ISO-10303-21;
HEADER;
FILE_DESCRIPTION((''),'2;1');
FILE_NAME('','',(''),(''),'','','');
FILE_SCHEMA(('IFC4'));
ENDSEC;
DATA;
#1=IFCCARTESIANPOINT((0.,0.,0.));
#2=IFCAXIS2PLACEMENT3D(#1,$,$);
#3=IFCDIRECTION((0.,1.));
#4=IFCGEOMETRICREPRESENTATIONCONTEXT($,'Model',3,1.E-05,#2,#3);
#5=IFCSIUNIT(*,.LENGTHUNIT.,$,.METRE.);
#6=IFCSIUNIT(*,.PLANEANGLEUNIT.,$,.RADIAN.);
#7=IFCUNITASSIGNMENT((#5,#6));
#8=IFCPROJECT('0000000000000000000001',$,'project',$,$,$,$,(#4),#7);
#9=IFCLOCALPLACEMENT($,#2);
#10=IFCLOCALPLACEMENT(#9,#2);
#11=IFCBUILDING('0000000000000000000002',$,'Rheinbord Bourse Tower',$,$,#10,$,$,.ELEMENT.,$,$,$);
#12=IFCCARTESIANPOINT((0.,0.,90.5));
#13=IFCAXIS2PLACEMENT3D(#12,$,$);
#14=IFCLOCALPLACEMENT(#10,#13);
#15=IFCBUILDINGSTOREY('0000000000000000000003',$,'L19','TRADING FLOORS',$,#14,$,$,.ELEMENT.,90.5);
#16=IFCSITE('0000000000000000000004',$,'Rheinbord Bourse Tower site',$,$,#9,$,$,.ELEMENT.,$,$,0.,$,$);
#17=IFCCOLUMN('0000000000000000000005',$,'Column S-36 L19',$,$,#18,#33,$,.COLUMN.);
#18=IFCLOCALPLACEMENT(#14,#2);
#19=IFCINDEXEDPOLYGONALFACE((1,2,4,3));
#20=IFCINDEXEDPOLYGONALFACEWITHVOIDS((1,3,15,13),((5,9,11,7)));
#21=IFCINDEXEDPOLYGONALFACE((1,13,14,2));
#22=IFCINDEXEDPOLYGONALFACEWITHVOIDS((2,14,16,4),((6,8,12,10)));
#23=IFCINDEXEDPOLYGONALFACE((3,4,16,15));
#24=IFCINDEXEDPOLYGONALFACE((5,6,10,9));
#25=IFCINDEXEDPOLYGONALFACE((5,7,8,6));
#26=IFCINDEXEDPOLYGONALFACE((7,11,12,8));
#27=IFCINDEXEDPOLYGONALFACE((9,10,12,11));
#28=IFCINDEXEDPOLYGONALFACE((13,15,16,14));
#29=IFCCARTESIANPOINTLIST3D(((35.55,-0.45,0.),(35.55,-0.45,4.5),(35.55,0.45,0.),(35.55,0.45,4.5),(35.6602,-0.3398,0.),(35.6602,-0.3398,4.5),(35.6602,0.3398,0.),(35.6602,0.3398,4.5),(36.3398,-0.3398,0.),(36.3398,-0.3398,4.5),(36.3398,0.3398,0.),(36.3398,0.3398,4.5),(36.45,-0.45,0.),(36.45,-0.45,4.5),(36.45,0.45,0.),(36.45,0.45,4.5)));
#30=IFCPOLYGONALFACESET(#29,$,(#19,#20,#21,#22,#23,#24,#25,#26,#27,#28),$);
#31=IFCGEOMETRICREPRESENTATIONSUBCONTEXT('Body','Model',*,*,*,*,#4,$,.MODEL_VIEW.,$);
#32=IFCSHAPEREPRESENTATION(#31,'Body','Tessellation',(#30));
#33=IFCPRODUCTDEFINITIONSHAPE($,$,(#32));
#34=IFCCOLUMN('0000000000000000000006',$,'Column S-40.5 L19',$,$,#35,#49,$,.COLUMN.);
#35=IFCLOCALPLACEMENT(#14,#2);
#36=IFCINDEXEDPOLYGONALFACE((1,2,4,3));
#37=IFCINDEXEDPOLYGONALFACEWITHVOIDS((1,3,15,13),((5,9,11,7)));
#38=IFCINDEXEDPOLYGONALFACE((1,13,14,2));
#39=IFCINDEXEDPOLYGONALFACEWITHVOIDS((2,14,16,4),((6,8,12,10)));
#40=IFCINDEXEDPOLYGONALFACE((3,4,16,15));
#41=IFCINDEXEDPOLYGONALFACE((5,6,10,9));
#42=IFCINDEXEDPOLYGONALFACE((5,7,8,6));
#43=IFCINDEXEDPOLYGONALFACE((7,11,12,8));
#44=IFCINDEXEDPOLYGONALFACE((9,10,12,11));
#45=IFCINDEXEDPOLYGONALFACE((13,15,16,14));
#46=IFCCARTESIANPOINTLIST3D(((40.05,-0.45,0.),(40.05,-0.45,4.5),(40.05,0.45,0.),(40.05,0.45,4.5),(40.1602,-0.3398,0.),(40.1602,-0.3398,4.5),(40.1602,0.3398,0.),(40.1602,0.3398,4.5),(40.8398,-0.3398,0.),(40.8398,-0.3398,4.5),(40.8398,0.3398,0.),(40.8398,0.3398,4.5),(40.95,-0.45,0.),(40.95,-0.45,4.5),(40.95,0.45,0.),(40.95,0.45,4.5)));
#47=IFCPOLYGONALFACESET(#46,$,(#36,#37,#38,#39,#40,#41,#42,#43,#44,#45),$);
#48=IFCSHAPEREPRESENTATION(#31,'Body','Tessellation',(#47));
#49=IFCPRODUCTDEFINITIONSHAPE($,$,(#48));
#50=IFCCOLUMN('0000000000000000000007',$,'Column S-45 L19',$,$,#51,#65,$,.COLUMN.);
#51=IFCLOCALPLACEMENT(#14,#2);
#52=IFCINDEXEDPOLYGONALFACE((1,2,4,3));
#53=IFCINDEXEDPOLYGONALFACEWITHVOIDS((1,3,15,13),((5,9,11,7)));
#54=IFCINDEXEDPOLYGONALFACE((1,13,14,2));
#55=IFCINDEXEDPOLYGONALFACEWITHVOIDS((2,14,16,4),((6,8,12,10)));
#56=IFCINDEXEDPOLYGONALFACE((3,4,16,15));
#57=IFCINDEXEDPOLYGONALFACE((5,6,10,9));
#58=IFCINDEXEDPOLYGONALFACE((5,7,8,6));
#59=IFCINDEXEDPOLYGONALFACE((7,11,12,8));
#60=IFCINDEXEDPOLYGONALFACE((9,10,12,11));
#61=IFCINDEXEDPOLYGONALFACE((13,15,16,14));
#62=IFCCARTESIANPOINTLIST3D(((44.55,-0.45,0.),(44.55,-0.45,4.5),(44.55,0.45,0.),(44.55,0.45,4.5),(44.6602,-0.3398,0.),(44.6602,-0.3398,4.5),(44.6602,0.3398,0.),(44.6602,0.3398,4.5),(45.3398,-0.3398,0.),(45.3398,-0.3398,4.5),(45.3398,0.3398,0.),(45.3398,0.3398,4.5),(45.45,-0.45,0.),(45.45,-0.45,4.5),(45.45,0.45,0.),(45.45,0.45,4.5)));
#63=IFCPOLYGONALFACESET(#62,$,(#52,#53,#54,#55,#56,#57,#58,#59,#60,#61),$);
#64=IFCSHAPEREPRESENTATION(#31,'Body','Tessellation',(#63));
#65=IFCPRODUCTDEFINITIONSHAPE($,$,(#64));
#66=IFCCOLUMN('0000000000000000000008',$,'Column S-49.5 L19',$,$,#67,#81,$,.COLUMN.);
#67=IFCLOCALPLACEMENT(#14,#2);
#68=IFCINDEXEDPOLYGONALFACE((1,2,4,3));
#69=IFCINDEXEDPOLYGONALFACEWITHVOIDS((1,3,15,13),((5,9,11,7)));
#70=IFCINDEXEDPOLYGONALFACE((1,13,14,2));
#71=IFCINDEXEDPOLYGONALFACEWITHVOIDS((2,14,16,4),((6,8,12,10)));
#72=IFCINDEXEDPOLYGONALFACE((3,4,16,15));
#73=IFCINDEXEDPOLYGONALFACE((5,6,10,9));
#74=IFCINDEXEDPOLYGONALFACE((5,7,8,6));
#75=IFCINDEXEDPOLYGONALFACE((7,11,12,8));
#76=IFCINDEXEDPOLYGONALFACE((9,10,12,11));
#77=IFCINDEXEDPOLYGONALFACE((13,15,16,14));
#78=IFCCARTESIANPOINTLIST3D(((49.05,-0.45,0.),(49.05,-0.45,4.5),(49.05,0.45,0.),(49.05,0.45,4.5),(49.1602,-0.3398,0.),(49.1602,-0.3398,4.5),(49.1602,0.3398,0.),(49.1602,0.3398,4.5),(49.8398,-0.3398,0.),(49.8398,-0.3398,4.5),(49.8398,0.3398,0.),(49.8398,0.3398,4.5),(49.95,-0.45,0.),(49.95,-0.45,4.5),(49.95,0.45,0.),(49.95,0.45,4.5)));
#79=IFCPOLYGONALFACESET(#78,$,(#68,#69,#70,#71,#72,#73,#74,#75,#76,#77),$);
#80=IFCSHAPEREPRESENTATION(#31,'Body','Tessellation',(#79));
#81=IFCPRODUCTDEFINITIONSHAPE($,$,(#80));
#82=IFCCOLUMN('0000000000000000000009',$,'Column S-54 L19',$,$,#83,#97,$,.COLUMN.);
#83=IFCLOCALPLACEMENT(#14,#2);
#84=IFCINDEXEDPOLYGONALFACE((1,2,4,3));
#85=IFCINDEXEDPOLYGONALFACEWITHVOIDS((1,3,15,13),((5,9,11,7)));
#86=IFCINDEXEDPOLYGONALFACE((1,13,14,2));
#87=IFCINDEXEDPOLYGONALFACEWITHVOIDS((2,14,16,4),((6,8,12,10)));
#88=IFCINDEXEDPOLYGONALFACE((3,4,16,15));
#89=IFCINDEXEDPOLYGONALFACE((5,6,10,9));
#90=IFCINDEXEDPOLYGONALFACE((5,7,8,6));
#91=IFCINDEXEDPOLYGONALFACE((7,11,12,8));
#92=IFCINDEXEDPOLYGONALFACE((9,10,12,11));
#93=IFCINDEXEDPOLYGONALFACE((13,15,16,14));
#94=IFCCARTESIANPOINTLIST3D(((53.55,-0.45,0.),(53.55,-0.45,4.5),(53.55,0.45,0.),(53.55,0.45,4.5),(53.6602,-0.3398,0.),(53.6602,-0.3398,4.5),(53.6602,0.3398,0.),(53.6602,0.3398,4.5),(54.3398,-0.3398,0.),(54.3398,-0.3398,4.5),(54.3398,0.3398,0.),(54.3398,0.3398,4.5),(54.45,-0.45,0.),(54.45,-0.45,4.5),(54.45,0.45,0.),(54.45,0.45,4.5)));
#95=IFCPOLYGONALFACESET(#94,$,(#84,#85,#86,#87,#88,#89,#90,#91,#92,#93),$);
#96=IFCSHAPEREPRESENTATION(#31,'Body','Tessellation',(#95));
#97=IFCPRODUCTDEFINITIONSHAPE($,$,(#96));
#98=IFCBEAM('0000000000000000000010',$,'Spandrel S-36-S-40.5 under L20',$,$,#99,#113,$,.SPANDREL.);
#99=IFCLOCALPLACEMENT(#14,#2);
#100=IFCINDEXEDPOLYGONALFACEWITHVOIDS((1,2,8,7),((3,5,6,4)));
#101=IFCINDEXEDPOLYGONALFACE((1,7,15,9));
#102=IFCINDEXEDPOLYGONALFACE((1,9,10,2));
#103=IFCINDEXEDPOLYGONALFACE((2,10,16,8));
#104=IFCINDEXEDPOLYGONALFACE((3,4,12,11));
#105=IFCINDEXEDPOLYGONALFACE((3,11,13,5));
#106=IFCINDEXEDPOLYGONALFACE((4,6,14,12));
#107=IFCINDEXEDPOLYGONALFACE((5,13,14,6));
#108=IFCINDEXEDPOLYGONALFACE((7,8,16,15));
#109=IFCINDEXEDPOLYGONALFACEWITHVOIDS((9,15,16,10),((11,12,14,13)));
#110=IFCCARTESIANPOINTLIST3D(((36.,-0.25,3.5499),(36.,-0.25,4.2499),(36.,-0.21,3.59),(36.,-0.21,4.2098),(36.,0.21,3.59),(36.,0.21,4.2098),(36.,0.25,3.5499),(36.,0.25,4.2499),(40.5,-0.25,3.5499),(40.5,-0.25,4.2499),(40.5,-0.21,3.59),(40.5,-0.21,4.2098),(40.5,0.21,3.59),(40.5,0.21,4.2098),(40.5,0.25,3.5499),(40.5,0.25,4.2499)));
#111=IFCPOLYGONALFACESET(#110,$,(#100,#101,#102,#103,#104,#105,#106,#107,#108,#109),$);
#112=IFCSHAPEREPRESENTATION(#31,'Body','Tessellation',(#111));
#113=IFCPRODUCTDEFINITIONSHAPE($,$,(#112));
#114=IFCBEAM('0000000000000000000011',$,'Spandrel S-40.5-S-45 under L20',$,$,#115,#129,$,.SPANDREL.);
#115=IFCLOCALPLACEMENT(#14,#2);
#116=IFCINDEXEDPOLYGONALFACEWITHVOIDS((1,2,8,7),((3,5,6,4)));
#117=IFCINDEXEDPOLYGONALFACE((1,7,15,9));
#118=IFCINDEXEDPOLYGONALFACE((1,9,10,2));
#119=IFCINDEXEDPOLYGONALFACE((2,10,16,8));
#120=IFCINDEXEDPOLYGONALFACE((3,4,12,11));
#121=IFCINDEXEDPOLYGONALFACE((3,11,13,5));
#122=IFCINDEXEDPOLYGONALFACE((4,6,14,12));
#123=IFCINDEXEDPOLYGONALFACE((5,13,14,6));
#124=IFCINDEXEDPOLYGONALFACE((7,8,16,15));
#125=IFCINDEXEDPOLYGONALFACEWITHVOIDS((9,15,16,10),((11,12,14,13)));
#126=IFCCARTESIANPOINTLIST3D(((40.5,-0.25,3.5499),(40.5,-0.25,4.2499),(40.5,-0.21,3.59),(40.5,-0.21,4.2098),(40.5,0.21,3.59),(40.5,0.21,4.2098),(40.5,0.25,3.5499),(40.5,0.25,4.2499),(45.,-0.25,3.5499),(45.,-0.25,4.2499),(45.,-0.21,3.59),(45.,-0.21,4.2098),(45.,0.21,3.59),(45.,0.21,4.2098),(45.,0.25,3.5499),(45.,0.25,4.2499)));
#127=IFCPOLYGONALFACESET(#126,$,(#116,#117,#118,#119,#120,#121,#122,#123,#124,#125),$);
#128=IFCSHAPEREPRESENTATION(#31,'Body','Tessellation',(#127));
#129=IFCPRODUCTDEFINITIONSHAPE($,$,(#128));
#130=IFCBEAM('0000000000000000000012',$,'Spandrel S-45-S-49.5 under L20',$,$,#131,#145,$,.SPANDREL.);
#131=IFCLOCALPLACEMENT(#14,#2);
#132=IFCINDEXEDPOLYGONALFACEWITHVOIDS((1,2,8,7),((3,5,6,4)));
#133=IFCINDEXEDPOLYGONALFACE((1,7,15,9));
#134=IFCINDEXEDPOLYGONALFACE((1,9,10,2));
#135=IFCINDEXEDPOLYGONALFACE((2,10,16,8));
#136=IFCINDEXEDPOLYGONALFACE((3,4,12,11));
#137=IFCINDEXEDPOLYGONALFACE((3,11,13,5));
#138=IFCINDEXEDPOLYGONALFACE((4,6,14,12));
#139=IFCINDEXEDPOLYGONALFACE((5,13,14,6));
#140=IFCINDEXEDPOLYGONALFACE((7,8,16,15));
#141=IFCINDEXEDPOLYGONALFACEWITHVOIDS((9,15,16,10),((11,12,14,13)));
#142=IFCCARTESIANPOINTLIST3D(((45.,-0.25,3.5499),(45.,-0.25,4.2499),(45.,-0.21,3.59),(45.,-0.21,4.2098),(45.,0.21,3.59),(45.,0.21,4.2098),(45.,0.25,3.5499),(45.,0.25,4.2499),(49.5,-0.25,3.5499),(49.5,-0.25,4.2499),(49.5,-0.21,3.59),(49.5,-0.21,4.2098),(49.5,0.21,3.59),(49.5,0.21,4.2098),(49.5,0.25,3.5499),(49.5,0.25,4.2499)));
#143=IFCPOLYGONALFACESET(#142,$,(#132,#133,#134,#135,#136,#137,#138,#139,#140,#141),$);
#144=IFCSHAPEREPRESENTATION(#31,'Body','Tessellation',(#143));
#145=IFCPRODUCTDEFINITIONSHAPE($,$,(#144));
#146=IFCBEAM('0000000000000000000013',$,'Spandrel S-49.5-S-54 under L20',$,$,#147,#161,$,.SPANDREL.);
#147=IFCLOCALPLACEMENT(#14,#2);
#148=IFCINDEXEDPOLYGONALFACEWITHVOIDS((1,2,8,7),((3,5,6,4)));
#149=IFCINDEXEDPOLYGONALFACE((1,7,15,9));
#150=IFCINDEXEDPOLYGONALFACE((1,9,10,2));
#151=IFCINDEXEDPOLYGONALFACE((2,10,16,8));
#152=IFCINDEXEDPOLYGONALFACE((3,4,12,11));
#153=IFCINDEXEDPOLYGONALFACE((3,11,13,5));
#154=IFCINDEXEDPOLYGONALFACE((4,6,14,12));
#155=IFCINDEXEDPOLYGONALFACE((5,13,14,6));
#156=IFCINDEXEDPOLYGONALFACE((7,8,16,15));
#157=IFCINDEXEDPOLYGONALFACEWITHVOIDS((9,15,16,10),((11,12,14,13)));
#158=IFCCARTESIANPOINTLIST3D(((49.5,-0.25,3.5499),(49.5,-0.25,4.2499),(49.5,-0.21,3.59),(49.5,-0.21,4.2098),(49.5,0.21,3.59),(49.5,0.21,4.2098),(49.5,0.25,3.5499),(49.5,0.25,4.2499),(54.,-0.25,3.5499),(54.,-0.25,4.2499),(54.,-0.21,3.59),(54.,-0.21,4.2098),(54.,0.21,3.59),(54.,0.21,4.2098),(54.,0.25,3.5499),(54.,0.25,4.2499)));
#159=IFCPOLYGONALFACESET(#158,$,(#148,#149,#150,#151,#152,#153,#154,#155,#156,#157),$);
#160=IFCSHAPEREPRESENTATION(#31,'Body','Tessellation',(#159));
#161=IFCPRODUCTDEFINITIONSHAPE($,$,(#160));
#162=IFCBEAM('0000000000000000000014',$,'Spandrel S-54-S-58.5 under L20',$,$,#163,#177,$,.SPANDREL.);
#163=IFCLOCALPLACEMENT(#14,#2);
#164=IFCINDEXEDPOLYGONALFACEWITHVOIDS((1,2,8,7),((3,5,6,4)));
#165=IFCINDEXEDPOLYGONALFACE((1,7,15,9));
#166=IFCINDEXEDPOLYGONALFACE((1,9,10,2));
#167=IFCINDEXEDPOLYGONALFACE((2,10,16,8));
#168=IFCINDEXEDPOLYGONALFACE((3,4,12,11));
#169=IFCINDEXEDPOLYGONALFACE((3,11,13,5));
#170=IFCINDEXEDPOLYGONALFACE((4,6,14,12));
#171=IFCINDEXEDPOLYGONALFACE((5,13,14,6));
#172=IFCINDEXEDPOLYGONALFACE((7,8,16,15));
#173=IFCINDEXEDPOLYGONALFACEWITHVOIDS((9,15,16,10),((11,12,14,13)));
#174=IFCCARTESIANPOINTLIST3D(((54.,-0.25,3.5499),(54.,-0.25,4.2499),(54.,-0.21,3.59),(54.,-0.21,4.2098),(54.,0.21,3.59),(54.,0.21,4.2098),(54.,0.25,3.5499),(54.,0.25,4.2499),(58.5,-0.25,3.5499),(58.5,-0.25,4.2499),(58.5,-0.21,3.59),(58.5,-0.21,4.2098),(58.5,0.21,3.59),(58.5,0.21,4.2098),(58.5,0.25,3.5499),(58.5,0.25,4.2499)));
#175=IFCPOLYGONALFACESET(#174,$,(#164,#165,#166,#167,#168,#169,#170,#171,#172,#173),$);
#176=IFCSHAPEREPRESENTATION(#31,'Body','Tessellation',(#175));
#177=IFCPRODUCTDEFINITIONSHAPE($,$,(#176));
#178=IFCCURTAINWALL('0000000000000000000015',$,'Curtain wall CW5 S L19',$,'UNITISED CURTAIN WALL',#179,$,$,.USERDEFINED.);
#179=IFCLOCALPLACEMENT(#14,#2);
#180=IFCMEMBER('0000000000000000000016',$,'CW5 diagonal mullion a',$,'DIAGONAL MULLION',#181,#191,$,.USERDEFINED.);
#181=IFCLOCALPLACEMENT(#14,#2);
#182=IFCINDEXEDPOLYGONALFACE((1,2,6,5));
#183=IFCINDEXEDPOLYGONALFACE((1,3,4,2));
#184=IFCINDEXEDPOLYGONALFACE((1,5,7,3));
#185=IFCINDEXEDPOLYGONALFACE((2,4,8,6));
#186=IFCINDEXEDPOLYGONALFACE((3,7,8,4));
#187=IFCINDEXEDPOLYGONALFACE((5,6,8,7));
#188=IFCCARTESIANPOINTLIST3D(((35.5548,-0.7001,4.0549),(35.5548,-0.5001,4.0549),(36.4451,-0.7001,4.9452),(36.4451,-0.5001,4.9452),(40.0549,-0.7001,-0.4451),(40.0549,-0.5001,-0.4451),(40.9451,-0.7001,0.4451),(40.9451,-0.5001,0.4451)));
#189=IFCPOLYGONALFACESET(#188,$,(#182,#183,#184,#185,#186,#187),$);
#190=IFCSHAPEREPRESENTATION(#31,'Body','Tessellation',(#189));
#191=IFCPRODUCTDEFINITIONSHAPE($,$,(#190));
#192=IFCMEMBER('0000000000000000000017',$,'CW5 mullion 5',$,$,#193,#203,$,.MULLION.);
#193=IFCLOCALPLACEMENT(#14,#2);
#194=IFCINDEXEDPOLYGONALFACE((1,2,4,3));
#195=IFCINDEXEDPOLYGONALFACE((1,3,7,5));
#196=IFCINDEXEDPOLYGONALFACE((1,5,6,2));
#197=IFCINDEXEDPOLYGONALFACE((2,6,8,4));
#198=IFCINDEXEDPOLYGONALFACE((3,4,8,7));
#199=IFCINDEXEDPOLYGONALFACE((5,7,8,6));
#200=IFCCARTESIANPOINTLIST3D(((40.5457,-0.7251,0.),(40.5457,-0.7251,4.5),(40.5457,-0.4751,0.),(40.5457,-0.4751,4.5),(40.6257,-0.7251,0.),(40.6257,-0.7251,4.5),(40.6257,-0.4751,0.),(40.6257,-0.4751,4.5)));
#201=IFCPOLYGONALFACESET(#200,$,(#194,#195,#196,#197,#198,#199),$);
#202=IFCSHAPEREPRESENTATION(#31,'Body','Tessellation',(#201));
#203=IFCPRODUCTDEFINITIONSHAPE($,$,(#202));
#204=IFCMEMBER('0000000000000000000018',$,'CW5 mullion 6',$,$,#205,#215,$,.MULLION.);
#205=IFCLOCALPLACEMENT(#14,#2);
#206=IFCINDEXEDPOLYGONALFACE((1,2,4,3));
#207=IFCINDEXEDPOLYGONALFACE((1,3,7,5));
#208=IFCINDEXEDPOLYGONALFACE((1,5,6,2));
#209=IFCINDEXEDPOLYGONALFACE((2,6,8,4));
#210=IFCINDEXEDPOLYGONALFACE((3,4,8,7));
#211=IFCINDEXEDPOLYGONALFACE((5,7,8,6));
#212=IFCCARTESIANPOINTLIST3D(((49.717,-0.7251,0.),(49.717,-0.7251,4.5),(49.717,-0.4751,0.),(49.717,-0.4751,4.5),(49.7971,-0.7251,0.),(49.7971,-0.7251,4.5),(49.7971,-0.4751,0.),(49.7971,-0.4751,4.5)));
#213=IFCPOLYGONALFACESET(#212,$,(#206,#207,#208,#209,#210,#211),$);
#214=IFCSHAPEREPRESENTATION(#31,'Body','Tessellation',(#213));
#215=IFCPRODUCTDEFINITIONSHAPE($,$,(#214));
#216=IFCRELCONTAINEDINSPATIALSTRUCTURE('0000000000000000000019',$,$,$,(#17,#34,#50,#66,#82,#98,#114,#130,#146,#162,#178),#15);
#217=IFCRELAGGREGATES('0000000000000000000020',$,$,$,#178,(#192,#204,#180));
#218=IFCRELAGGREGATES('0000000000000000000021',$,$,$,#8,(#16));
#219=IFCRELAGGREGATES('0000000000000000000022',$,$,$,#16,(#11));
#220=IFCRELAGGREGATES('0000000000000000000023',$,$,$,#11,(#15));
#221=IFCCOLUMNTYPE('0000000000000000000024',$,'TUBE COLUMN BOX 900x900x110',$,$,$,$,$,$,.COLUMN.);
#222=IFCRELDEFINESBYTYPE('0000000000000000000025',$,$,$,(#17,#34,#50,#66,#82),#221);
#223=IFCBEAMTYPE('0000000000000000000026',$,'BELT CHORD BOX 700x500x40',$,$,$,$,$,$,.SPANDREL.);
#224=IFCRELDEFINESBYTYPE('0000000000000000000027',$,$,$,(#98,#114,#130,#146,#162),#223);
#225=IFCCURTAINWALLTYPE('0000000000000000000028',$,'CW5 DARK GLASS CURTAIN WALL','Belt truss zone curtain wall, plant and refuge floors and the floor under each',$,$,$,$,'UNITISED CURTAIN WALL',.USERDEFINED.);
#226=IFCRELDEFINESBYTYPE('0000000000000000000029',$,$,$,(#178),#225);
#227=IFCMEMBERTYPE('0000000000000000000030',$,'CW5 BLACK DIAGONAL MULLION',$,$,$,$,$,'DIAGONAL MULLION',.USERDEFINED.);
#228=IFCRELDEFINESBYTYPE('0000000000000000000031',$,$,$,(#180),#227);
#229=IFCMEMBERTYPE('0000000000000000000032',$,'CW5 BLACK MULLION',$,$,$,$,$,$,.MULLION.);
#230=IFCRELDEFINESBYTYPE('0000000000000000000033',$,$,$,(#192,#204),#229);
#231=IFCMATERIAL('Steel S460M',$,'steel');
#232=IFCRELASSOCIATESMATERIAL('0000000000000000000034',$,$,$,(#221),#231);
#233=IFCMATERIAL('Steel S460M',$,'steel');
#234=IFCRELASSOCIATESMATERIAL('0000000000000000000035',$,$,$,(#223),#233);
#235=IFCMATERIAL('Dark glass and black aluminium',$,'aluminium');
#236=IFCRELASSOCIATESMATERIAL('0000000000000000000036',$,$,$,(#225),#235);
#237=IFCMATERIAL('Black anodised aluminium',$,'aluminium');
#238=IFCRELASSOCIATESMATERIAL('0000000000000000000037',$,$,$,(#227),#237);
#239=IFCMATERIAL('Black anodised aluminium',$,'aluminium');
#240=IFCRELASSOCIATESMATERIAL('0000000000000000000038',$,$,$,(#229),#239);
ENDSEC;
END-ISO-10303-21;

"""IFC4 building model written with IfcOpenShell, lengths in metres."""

from ifc_helpers import new_model, si_unit, direction, frame, origin, origin_2d, place, context, subcontext, project, spatial, rectangle, hollow_rectangle, extrude, material, material_profile, profile_set, type_object, element, aggregate, save


model = new_model("IFC4")

# Units and contexts
model_context = context("Model", 3, precision=1e-05, world=origin(), true_north=direction((0.0, 1.0)))
body_context = subcontext(model_context, "Body", "Model", "MODEL_VIEW")
ifc_project = project(units=[si_unit("LENGTHUNIT", "METRE"), si_unit("PLANEANGLEUNIT", "RADIAN")], contexts=[model_context])

# Site, building, storey
site_placement = place(None, origin())
site = spatial("IfcSite", under=ifc_project, at=site_placement, Name="Rheinbord Bourse Tower site", CompositionType="ELEMENT", RefElevation=0.0)
building_placement = place(site_placement, origin())
building = spatial("IfcBuilding", under=site, at=building_placement, Name="Rheinbord Bourse Tower", CompositionType="ELEMENT")
storey_placement = place(building_placement, frame((0.0, 0.0, 90.5)))
storey = spatial("IfcBuildingStorey", under=building, at=storey_placement, Name="L19", Description="TRADING FLOORS", CompositionType="ELEMENT", Elevation=90.5)

# Columns
ifc_material_1 = material(Name="Steel S460M", Category="steel")
ifc_material_profile_1 = material_profile(ifc_material_1, hollow_rectangle(XDim=0.8999, YDim=0.8999, WallThickness=0.1101, at=origin_2d()), Name="BOX 900x900x110")
ifc_profile_set_1 = profile_set([ifc_material_profile_1], Name="Steel S460M")
column_type = type_object("IfcColumnType", Name="TUBE COLUMN BOX 900x900x110", PredefinedType="COLUMN", material=ifc_profile_set_1)
for number, where, z_axis, x_axis, name in (
    (1, (36.0, 0.0, 0.0), (0.0, 0.0, 1.0), (0.0, 1.0, 0.0), "Column S-36 L19"),
    (2, (40.5, 0.0, 0.0), (0.0, 0.0, 1.0), (0.0, 1.0, 0.0), "Column S-40.5 L19"),
    (3, (45.0, 0.0, 0.0), (0.0, 0.0, 1.0), (0.0, 1.0, 0.0), "Column S-45 L19"),
    (4, (49.5, 0.0, 0.0), (0.0, 0.0, 1.0), (0.0, 1.0, 0.0), "Column S-49.5 L19"),
    (5, (54.0, 0.0, 0.0), (0.0, 0.0, 1.0), (0.0, 1.0, 0.0), "Column S-54 L19"),
):
    element("IfcColumn", number, at=place(storey_placement, frame(where, z_axis=z_axis, x_axis=x_axis)), inside=storey, type_object=column_type, Name=name, PredefinedType="COLUMN", context=body_context, shape_type="SweptSolid", body=[
        extrude(hollow_rectangle(XDim=0.8999, YDim=0.8999, WallThickness=0.1101, at=origin_2d()), origin(), (0.0, 0.0, 1.0), 4.5),
    ])

# Beams
ifc_material_2 = material(Name="Steel S460M", Category="steel")
ifc_material_profile_2 = material_profile(ifc_material_2, hollow_rectangle(XDim=0.5, YDim=0.7, WallThickness=0.04, at=origin_2d()), Name="BOX 700x500x40")
ifc_profile_set_2 = profile_set([ifc_material_profile_2], Name="Steel S460M")
beam_type_1 = type_object("IfcBeamType", Name="BELT CHORD BOX 700x500x40", PredefinedType="SPANDREL", material=ifc_profile_set_2)
for number, where, z_axis, x_axis, name in (
    (6, (36.0, 0.0, 3.8999), (1.0, 0.0, 0.0), (0.0, 1.0, 0.0), "Spandrel S-36-S-40.5 under L20"),
    (7, (40.5, 0.0, 3.8999), (1.0, 0.0, 0.0), (0.0, 1.0, 0.0), "Spandrel S-40.5-S-45 under L20"),
    (8, (45.0, 0.0, 3.8999), (1.0, 0.0, 0.0), (0.0, 1.0, 0.0), "Spandrel S-45-S-49.5 under L20"),
    (9, (49.5, 0.0, 3.8999), (1.0, 0.0, 0.0), (0.0, 1.0, 0.0), "Spandrel S-49.5-S-54 under L20"),
    (10, (54.0, 0.0, 3.8999), (1.0, 0.0, 0.0), (0.0, 1.0, 0.0), "Spandrel S-54-S-58.5 under L20"),
):
    element("IfcBeam", number, at=place(storey_placement, frame(where, z_axis=z_axis, x_axis=x_axis)), inside=storey, type_object=beam_type_1, Name=name, PredefinedType="SPANDREL", context=body_context, shape_type="SweptSolid", body=[
        extrude(hollow_rectangle(XDim=0.5, YDim=0.7, WallThickness=0.04, at=origin_2d()), origin(), (0.0, 0.0, 1.0), 4.5),
    ])

# Curtain wall, members
ifc_material_3 = material(Name="Dark glass and black aluminium", Category="aluminium")
curtain_wall_type = type_object("IfcCurtainWallType", Name="CW5 DARK GLASS CURTAIN WALL", Description="Belt truss zone curtain wall, plant and refuge floors and the floor under each", ElementType="UNITISED CURTAIN WALL", PredefinedType="USERDEFINED", material=ifc_material_3)
curtain_wall_placement = place(storey_placement, origin())
curtain_wall = element("IfcCurtainWall", 11, at=curtain_wall_placement, inside=storey, type_object=curtain_wall_type, Name="Curtain wall CW5 S L19", ObjectType="UNITISED CURTAIN WALL", PredefinedType="USERDEFINED")
ifc_material_4 = material(Name="Black anodised aluminium", Category="aluminium")
ifc_material_profile_3 = material_profile(ifc_material_4, rectangle(XDim=0.2, YDim=1.259, at=origin_2d()), Name="CW5 DIAGONAL MULLION 1259x200")
ifc_profile_set_3 = profile_set([ifc_material_profile_3], Name="Black anodised aluminium")
member_type_1 = type_object("IfcMemberType", Name="CW5 BLACK DIAGONAL MULLION", ElementType="DIAGONAL MULLION", PredefinedType="USERDEFINED", material=ifc_profile_set_3)
member_1_placement = place(storey_placement, frame((40.5, -0.6001, 0.0), z_axis=(-0.707107, 0.0, 0.707107), x_axis=(0.0, -1.0, 0.0)))
member_1 = element("IfcMember", 12, at=member_1_placement, type_object=member_type_1, Name="CW5 diagonal mullion a", ObjectType="DIAGONAL MULLION", PredefinedType="USERDEFINED", context=body_context, shape_type="SweptSolid", body=[
    extrude(rectangle(XDim=0.2, YDim=1.259, at=origin_2d()), origin(), (0.0, 0.0, 1.0), 6.364),
])
ifc_material_5 = material(Name="Black anodised aluminium", Category="aluminium")
ifc_material_profile_4 = material_profile(ifc_material_5, rectangle(XDim=0.25, YDim=0.0801, at=origin_2d()), Name="CW5 MULLION 80x250")
ifc_profile_set_4 = profile_set([ifc_material_profile_4], Name="Black anodised aluminium")
member_type_2 = type_object("IfcMemberType", Name="CW5 BLACK MULLION", PredefinedType="MULLION", material=ifc_profile_set_4)
member_2_placement = place(storey_placement, frame((40.5857, -0.6001, 0.0), z_axis=(0.0, 0.0, 1.0), x_axis=(0.0, 1.0, 0.0)))
member_2 = element("IfcMember", 13, at=member_2_placement, type_object=member_type_2, Name="CW5 mullion 5", PredefinedType="MULLION", context=body_context, shape_type="SweptSolid", body=[
    extrude(rectangle(XDim=0.25, YDim=0.0801, at=origin_2d()), origin(), (0.0, 0.0, 1.0), 4.5),
])
member_3_placement = place(storey_placement, frame((49.7571, -0.6001, 0.0), z_axis=(0.0, 0.0, 1.0), x_axis=(0.0, 1.0, 0.0)))
member_3 = element("IfcMember", 14, at=member_3_placement, type_object=member_type_2, Name="CW5 mullion 6", PredefinedType="MULLION", context=body_context, shape_type="SweptSolid", body=[
    extrude(rectangle(XDim=0.25, YDim=0.0801, at=origin_2d()), origin(), (0.0, 0.0, 1.0), 4.5),
])

aggregate(curtain_wall, [member_2, member_3, member_1])

save(model, "model.ifc")
